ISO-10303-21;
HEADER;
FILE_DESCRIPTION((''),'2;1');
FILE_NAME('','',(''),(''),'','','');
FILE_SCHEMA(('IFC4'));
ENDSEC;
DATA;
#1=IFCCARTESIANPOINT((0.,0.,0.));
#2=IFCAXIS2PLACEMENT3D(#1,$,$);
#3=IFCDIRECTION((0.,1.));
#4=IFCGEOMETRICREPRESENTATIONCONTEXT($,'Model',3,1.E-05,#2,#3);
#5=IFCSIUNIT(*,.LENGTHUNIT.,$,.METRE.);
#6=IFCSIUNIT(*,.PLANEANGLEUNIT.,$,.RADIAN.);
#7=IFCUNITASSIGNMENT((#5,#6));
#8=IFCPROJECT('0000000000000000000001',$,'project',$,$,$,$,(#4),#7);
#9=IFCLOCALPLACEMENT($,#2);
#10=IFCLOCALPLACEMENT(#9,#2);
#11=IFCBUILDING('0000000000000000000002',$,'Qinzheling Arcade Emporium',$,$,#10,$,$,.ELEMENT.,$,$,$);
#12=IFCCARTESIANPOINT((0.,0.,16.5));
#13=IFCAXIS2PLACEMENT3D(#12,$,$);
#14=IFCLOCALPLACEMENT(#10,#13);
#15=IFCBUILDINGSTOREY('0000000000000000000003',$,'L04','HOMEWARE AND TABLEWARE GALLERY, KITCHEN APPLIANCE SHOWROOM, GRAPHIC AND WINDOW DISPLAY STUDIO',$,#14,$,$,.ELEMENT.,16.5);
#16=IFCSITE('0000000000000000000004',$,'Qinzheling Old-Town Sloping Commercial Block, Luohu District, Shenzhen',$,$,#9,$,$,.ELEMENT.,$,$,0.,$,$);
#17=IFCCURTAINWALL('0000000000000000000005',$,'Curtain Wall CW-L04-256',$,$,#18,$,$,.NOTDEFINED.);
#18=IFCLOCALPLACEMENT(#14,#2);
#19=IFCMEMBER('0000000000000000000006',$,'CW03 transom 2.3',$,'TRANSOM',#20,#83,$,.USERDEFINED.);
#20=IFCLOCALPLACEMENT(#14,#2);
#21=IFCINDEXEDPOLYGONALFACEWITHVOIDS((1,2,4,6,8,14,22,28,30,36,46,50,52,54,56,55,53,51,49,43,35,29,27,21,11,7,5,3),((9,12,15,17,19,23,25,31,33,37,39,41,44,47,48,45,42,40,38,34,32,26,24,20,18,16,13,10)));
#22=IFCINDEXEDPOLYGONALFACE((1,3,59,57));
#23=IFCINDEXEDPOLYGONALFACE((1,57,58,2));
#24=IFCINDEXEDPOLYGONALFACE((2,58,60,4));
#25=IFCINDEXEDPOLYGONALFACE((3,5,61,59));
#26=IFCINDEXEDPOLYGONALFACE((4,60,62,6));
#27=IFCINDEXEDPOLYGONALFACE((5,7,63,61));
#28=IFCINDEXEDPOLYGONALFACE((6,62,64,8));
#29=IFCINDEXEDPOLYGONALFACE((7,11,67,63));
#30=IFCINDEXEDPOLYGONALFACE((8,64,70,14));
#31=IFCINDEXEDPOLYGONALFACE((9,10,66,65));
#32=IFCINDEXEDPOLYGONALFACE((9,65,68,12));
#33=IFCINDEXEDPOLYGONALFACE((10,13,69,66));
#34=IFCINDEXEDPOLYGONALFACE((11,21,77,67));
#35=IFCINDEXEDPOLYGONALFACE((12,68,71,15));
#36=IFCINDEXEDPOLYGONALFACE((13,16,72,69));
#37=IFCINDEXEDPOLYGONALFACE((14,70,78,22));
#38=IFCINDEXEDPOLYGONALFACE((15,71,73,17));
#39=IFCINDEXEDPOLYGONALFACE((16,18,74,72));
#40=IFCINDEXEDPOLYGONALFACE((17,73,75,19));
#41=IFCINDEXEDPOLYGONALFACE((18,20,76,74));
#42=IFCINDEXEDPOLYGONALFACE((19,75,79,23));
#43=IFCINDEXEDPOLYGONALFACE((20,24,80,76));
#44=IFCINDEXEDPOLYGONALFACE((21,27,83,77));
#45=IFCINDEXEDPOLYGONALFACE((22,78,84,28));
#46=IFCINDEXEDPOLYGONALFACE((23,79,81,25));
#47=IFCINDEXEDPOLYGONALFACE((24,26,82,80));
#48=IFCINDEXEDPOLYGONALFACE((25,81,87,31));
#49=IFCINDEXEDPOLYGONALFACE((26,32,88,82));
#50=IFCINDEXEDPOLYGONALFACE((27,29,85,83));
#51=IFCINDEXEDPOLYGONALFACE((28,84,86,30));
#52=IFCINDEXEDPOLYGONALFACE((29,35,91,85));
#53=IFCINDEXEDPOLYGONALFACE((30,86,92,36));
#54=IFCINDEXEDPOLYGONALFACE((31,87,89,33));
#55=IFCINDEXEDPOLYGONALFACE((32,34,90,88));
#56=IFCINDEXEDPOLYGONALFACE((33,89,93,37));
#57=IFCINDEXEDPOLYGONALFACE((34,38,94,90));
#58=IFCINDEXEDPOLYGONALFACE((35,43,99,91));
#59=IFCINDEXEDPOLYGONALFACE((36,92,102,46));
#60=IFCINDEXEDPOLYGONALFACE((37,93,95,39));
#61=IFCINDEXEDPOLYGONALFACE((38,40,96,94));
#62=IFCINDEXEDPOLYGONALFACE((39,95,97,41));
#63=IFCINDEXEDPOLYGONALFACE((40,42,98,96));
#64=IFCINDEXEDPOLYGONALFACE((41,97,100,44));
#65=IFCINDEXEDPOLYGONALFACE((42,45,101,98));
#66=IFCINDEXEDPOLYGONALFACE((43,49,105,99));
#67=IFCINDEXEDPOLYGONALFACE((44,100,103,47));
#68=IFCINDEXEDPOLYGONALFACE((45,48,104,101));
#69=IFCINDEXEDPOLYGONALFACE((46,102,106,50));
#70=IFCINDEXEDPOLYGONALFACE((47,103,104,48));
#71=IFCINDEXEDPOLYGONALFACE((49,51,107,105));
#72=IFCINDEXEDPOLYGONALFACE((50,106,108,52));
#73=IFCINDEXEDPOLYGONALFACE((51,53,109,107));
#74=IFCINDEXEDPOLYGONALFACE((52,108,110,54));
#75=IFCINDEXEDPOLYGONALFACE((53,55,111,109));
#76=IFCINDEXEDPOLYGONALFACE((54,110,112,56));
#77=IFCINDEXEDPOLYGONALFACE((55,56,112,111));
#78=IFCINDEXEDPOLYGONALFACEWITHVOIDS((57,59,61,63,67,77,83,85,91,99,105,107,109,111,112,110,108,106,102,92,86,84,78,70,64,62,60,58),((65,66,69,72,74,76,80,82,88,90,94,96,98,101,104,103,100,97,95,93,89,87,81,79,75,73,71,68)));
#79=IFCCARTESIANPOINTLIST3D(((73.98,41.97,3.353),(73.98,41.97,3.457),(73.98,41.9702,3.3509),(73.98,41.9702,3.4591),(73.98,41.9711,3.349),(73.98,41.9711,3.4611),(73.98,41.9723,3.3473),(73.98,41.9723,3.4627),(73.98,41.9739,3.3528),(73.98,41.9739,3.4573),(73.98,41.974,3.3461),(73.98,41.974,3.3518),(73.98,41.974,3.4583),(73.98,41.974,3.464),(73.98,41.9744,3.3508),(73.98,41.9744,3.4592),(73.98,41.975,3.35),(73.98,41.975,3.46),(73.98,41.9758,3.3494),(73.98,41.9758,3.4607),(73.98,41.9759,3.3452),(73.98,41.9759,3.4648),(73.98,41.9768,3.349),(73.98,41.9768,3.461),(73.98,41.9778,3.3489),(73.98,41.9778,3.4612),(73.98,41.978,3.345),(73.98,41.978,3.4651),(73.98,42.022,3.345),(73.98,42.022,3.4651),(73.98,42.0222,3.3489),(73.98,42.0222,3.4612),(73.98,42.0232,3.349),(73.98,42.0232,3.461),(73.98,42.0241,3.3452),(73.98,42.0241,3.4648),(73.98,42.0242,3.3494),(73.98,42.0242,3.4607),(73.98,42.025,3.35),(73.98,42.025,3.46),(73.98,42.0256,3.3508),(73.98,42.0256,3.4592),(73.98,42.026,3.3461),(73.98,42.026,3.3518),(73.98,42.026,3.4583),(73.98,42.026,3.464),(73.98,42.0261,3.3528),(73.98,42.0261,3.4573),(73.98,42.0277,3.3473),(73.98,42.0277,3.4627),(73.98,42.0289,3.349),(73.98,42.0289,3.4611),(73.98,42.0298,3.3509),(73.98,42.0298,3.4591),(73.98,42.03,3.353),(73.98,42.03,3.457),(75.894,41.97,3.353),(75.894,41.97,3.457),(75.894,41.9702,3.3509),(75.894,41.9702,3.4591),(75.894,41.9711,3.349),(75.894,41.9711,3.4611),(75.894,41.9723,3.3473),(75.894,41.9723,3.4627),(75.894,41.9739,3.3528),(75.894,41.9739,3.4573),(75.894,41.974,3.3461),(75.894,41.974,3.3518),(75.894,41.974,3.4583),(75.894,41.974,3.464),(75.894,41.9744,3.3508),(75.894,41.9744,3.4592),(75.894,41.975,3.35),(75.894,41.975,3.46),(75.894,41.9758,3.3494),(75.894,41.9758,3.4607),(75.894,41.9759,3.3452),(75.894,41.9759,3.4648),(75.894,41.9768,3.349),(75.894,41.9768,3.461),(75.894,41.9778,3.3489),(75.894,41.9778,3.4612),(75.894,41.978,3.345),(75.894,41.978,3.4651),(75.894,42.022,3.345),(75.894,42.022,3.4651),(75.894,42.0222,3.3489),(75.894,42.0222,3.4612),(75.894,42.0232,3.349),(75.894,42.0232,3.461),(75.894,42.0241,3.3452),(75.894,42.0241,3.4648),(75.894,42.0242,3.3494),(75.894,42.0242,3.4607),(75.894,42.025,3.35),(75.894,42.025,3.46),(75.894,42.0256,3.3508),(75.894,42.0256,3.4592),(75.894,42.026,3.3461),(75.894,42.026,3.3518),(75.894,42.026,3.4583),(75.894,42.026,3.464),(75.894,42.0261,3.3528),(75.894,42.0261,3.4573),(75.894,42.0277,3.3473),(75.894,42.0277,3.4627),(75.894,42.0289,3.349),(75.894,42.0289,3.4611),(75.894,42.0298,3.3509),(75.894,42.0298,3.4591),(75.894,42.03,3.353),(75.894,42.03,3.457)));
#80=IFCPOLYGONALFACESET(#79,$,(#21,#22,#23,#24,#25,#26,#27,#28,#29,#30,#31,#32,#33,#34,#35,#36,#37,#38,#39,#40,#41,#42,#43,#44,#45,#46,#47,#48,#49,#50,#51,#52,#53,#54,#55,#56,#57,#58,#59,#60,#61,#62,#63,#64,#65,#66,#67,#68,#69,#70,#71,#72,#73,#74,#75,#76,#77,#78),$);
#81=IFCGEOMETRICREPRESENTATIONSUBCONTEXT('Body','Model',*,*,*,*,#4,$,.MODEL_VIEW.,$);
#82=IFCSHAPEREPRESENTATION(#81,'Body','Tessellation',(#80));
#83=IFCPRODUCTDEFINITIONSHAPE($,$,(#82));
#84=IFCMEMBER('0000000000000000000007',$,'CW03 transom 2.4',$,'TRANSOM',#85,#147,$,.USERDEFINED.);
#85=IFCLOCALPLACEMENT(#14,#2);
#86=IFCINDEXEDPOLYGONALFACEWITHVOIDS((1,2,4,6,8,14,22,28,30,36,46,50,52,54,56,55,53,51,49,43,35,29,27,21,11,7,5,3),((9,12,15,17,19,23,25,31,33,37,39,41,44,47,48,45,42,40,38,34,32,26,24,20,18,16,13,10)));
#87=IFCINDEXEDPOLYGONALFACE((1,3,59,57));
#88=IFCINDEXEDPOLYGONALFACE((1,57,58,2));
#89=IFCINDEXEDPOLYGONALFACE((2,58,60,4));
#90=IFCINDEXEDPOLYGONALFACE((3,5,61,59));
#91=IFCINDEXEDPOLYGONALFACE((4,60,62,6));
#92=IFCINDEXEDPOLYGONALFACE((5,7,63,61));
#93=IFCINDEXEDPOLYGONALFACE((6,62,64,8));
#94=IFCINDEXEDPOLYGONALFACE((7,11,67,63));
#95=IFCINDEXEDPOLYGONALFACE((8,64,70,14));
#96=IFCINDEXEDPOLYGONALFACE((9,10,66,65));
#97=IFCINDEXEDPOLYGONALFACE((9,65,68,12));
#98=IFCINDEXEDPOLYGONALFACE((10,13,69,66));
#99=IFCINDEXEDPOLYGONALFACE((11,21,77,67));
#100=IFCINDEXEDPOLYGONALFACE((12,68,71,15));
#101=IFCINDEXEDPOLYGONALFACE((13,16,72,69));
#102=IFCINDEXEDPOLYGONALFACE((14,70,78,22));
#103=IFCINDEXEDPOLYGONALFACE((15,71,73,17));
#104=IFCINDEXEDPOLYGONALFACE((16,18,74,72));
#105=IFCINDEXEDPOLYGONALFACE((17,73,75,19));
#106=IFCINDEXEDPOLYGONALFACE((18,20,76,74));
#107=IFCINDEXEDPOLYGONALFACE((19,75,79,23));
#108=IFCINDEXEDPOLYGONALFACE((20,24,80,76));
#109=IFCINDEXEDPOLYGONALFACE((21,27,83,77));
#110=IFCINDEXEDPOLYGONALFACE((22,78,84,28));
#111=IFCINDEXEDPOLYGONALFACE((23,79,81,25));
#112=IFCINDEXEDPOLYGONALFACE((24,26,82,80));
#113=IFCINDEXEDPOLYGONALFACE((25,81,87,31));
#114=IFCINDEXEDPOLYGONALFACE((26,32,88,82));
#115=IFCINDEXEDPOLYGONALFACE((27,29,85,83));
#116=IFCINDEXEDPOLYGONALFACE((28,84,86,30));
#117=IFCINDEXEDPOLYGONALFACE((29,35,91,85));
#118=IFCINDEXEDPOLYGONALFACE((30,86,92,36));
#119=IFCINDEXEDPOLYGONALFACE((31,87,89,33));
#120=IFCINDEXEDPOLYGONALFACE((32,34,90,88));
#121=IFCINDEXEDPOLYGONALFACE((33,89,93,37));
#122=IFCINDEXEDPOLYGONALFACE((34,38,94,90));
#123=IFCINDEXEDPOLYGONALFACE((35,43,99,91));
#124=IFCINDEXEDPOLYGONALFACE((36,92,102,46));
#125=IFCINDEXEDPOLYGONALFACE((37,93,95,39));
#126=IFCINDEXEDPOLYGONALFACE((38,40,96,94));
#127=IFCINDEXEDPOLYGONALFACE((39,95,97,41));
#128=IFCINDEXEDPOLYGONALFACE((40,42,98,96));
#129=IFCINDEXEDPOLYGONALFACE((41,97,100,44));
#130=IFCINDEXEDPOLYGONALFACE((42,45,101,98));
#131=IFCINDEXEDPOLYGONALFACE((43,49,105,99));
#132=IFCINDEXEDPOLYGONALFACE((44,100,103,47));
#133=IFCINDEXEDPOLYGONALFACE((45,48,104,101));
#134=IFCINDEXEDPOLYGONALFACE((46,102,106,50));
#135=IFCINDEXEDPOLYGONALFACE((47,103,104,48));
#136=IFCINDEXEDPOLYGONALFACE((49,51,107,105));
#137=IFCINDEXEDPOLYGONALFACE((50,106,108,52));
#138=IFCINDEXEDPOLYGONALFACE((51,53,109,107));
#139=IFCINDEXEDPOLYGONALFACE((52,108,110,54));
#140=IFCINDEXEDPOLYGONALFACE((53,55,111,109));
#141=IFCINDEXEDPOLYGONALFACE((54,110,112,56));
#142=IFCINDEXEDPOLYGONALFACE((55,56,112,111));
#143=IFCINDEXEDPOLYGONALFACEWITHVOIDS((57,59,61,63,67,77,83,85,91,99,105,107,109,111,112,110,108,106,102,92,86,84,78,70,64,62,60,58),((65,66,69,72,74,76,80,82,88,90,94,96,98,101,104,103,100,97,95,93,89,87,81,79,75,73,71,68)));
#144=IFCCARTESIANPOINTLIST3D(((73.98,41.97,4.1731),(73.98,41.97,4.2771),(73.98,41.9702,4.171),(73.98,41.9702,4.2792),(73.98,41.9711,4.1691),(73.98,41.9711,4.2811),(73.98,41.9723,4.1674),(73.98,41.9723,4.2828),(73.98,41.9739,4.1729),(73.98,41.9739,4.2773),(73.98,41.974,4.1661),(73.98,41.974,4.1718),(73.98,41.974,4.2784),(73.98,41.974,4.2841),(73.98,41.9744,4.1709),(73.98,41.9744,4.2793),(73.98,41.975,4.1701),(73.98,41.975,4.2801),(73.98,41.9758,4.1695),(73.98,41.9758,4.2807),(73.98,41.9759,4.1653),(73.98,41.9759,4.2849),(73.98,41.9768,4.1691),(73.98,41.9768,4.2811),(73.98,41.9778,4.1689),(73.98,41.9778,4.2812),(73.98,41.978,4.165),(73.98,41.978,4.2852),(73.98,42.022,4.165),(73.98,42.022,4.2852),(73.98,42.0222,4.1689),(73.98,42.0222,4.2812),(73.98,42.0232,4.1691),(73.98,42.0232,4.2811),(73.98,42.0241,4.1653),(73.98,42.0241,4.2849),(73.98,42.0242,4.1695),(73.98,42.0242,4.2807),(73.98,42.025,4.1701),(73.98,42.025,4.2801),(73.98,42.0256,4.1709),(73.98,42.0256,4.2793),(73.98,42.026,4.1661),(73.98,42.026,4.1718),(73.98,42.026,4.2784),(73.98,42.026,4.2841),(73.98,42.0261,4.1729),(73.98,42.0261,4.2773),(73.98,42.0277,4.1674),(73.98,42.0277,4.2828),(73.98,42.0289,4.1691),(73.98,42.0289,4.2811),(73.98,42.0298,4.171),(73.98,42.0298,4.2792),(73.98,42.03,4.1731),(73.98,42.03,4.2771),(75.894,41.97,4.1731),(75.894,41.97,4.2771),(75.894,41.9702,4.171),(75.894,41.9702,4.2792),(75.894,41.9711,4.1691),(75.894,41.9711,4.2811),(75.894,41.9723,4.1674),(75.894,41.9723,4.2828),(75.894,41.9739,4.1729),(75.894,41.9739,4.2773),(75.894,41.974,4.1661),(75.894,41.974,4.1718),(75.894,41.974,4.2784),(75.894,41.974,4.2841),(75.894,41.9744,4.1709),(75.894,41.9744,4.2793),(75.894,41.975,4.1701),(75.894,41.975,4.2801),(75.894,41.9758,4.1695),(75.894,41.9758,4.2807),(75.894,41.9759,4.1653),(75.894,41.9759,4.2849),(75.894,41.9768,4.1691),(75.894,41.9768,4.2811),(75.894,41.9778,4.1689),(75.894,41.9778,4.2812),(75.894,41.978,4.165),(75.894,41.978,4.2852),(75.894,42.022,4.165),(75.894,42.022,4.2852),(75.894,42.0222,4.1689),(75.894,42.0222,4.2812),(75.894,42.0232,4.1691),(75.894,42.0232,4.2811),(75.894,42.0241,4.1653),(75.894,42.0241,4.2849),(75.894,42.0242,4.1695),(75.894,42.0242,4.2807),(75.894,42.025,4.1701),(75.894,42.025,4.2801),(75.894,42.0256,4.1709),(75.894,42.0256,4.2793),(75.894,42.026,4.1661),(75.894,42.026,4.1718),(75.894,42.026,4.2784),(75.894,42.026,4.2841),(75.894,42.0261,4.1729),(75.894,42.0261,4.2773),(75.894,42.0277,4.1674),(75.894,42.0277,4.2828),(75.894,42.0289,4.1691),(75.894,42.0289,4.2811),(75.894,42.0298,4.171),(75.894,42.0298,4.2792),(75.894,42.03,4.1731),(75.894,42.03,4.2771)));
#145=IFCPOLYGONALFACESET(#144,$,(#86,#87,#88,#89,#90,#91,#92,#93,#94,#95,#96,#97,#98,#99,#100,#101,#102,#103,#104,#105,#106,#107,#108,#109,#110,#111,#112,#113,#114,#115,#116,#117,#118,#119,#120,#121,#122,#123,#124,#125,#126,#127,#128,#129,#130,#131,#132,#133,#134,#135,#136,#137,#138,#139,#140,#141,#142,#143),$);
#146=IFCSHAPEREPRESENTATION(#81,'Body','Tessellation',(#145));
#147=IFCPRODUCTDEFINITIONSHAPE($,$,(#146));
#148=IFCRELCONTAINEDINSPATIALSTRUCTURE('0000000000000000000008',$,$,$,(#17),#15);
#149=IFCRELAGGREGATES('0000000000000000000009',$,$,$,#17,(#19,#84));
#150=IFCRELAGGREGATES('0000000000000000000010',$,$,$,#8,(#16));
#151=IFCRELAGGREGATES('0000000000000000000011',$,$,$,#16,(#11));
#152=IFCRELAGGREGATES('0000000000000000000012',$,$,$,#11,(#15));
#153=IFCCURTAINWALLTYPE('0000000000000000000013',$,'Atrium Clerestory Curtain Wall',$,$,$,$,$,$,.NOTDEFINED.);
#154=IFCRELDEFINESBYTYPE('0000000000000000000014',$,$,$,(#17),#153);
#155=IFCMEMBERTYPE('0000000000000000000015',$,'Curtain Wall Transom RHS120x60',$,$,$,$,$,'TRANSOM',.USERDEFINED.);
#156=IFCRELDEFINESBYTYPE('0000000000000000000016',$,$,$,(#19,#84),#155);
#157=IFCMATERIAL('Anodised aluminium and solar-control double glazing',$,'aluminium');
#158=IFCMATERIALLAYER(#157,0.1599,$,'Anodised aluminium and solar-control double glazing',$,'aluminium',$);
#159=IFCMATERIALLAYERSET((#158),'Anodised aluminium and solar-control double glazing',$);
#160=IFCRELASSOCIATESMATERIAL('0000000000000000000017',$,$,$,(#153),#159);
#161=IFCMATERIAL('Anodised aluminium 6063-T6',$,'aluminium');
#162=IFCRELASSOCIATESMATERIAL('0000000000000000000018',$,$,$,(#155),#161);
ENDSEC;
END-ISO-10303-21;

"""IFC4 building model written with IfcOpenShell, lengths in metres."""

from ifc_helpers import new_model, si_unit, direction, frame, origin, origin_2d, place, context, subcontext, project, spatial, hollow_rectangle, extrude, material, layer, layer_set, material_profile, profile_set, type_object, element, aggregate, save


model = new_model("IFC4")

# Units and contexts
model_context = context("Model", 3, precision=1e-05, world=origin(), true_north=direction((0.0, 1.0)))
body_context = subcontext(model_context, "Body", "Model", "MODEL_VIEW")
ifc_project = project(units=[si_unit("LENGTHUNIT", "METRE"), si_unit("PLANEANGLEUNIT", "RADIAN")], contexts=[model_context])

# Site, building, storey
site_placement = place(None, origin())
site = spatial("IfcSite", under=ifc_project, at=site_placement, Name="Qinzheling Old-Town Sloping Commercial Block, Luohu District, Shenzhen", CompositionType="ELEMENT", RefElevation=0.0)
building_placement = place(site_placement, origin())
building = spatial("IfcBuilding", under=site, at=building_placement, Name="Qinzheling Arcade Emporium", CompositionType="ELEMENT")
storey_placement = place(building_placement, frame((0.0, 0.0, 16.5)))
storey = spatial("IfcBuildingStorey", under=building, at=storey_placement, Name="L04", Description="HOMEWARE AND TABLEWARE GALLERY, KITCHEN APPLIANCE SHOWROOM, GRAPHIC AND WINDOW DISPLAY STUDIO", CompositionType="ELEMENT", Elevation=16.5)

# Curtain wall
ifc_material_1 = material(Name="Anodised aluminium and solar-control double glazing", Category="aluminium")
ifc_layer_1 = layer(ifc_material_1, 0.1599, Name="Anodised aluminium and solar-control double glazing", Category="aluminium")
ifc_layer_set_1 = layer_set([ifc_layer_1], Name="Anodised aluminium and solar-control double glazing")
curtain_wall_type = type_object("IfcCurtainWallType", Name="Atrium Clerestory Curtain Wall", PredefinedType="NOTDEFINED", material=ifc_layer_set_1)
ifc_material_2 = material(Name="Anodised aluminium 6063-T6", Category="aluminium")
curtain_wall_1_placement = place(storey_placement, origin())
curtain_wall_1 = element("IfcCurtainWall", 1, at=curtain_wall_1_placement, inside=storey, type_object=curtain_wall_type, Name="Curtain Wall CW-L04-256", PredefinedType="NOTDEFINED")

# Members
ifc_material_profile_1 = material_profile(ifc_material_2, hollow_rectangle(XDim=0.0601, YDim=0.1201, WallThickness=0.0039, InnerFilletRadius=0.0039, OuterFilletRadius=0.0081, at=origin_2d()), Name="RHS 120x60x4", Category="aluminium")
ifc_profile_set_1 = profile_set([ifc_material_profile_1], Name="Anodised aluminium 6063-T6")
member_type_1 = type_object("IfcMemberType", Name="Curtain Wall Transom RHS120x60", ElementType="TRANSOM", PredefinedType="USERDEFINED", material=ifc_profile_set_1)
member_1_placement = place(storey_placement, frame((75.894, 42.0, 3.405), z_axis=(-1.0, 0.0, 0.0), x_axis=(0.0, -1.0, 0.0)))
member_1 = element("IfcMember", 2, at=member_1_placement, type_object=member_type_1, Name="CW03 transom 2.3", ObjectType="TRANSOM", PredefinedType="USERDEFINED", context=body_context, shape_type="SweptSolid", body=[
    extrude(hollow_rectangle(XDim=0.0601, YDim=0.1201, WallThickness=0.0039, InnerFilletRadius=0.0039, OuterFilletRadius=0.0081, at=origin_2d()), origin(), (0.0, 0.0, 1.0), 1.9141),
])
member_2_placement = place(storey_placement, frame((75.894, 42.0, 4.2251), z_axis=(-1.0, 0.0, 0.0), x_axis=(0.0, -1.0, 0.0)))
member_2 = element("IfcMember", 3, at=member_2_placement, type_object=member_type_1, Name="CW03 transom 2.4", ObjectType="TRANSOM", PredefinedType="USERDEFINED", context=body_context, shape_type="SweptSolid", body=[
    extrude(hollow_rectangle(XDim=0.0601, YDim=0.1201, WallThickness=0.0039, InnerFilletRadius=0.0039, OuterFilletRadius=0.0081, at=origin_2d()), origin(), (0.0, 0.0, 1.0), 1.9141),
])

aggregate(curtain_wall_1, [member_1, member_2])

save(model, "model.ifc")
